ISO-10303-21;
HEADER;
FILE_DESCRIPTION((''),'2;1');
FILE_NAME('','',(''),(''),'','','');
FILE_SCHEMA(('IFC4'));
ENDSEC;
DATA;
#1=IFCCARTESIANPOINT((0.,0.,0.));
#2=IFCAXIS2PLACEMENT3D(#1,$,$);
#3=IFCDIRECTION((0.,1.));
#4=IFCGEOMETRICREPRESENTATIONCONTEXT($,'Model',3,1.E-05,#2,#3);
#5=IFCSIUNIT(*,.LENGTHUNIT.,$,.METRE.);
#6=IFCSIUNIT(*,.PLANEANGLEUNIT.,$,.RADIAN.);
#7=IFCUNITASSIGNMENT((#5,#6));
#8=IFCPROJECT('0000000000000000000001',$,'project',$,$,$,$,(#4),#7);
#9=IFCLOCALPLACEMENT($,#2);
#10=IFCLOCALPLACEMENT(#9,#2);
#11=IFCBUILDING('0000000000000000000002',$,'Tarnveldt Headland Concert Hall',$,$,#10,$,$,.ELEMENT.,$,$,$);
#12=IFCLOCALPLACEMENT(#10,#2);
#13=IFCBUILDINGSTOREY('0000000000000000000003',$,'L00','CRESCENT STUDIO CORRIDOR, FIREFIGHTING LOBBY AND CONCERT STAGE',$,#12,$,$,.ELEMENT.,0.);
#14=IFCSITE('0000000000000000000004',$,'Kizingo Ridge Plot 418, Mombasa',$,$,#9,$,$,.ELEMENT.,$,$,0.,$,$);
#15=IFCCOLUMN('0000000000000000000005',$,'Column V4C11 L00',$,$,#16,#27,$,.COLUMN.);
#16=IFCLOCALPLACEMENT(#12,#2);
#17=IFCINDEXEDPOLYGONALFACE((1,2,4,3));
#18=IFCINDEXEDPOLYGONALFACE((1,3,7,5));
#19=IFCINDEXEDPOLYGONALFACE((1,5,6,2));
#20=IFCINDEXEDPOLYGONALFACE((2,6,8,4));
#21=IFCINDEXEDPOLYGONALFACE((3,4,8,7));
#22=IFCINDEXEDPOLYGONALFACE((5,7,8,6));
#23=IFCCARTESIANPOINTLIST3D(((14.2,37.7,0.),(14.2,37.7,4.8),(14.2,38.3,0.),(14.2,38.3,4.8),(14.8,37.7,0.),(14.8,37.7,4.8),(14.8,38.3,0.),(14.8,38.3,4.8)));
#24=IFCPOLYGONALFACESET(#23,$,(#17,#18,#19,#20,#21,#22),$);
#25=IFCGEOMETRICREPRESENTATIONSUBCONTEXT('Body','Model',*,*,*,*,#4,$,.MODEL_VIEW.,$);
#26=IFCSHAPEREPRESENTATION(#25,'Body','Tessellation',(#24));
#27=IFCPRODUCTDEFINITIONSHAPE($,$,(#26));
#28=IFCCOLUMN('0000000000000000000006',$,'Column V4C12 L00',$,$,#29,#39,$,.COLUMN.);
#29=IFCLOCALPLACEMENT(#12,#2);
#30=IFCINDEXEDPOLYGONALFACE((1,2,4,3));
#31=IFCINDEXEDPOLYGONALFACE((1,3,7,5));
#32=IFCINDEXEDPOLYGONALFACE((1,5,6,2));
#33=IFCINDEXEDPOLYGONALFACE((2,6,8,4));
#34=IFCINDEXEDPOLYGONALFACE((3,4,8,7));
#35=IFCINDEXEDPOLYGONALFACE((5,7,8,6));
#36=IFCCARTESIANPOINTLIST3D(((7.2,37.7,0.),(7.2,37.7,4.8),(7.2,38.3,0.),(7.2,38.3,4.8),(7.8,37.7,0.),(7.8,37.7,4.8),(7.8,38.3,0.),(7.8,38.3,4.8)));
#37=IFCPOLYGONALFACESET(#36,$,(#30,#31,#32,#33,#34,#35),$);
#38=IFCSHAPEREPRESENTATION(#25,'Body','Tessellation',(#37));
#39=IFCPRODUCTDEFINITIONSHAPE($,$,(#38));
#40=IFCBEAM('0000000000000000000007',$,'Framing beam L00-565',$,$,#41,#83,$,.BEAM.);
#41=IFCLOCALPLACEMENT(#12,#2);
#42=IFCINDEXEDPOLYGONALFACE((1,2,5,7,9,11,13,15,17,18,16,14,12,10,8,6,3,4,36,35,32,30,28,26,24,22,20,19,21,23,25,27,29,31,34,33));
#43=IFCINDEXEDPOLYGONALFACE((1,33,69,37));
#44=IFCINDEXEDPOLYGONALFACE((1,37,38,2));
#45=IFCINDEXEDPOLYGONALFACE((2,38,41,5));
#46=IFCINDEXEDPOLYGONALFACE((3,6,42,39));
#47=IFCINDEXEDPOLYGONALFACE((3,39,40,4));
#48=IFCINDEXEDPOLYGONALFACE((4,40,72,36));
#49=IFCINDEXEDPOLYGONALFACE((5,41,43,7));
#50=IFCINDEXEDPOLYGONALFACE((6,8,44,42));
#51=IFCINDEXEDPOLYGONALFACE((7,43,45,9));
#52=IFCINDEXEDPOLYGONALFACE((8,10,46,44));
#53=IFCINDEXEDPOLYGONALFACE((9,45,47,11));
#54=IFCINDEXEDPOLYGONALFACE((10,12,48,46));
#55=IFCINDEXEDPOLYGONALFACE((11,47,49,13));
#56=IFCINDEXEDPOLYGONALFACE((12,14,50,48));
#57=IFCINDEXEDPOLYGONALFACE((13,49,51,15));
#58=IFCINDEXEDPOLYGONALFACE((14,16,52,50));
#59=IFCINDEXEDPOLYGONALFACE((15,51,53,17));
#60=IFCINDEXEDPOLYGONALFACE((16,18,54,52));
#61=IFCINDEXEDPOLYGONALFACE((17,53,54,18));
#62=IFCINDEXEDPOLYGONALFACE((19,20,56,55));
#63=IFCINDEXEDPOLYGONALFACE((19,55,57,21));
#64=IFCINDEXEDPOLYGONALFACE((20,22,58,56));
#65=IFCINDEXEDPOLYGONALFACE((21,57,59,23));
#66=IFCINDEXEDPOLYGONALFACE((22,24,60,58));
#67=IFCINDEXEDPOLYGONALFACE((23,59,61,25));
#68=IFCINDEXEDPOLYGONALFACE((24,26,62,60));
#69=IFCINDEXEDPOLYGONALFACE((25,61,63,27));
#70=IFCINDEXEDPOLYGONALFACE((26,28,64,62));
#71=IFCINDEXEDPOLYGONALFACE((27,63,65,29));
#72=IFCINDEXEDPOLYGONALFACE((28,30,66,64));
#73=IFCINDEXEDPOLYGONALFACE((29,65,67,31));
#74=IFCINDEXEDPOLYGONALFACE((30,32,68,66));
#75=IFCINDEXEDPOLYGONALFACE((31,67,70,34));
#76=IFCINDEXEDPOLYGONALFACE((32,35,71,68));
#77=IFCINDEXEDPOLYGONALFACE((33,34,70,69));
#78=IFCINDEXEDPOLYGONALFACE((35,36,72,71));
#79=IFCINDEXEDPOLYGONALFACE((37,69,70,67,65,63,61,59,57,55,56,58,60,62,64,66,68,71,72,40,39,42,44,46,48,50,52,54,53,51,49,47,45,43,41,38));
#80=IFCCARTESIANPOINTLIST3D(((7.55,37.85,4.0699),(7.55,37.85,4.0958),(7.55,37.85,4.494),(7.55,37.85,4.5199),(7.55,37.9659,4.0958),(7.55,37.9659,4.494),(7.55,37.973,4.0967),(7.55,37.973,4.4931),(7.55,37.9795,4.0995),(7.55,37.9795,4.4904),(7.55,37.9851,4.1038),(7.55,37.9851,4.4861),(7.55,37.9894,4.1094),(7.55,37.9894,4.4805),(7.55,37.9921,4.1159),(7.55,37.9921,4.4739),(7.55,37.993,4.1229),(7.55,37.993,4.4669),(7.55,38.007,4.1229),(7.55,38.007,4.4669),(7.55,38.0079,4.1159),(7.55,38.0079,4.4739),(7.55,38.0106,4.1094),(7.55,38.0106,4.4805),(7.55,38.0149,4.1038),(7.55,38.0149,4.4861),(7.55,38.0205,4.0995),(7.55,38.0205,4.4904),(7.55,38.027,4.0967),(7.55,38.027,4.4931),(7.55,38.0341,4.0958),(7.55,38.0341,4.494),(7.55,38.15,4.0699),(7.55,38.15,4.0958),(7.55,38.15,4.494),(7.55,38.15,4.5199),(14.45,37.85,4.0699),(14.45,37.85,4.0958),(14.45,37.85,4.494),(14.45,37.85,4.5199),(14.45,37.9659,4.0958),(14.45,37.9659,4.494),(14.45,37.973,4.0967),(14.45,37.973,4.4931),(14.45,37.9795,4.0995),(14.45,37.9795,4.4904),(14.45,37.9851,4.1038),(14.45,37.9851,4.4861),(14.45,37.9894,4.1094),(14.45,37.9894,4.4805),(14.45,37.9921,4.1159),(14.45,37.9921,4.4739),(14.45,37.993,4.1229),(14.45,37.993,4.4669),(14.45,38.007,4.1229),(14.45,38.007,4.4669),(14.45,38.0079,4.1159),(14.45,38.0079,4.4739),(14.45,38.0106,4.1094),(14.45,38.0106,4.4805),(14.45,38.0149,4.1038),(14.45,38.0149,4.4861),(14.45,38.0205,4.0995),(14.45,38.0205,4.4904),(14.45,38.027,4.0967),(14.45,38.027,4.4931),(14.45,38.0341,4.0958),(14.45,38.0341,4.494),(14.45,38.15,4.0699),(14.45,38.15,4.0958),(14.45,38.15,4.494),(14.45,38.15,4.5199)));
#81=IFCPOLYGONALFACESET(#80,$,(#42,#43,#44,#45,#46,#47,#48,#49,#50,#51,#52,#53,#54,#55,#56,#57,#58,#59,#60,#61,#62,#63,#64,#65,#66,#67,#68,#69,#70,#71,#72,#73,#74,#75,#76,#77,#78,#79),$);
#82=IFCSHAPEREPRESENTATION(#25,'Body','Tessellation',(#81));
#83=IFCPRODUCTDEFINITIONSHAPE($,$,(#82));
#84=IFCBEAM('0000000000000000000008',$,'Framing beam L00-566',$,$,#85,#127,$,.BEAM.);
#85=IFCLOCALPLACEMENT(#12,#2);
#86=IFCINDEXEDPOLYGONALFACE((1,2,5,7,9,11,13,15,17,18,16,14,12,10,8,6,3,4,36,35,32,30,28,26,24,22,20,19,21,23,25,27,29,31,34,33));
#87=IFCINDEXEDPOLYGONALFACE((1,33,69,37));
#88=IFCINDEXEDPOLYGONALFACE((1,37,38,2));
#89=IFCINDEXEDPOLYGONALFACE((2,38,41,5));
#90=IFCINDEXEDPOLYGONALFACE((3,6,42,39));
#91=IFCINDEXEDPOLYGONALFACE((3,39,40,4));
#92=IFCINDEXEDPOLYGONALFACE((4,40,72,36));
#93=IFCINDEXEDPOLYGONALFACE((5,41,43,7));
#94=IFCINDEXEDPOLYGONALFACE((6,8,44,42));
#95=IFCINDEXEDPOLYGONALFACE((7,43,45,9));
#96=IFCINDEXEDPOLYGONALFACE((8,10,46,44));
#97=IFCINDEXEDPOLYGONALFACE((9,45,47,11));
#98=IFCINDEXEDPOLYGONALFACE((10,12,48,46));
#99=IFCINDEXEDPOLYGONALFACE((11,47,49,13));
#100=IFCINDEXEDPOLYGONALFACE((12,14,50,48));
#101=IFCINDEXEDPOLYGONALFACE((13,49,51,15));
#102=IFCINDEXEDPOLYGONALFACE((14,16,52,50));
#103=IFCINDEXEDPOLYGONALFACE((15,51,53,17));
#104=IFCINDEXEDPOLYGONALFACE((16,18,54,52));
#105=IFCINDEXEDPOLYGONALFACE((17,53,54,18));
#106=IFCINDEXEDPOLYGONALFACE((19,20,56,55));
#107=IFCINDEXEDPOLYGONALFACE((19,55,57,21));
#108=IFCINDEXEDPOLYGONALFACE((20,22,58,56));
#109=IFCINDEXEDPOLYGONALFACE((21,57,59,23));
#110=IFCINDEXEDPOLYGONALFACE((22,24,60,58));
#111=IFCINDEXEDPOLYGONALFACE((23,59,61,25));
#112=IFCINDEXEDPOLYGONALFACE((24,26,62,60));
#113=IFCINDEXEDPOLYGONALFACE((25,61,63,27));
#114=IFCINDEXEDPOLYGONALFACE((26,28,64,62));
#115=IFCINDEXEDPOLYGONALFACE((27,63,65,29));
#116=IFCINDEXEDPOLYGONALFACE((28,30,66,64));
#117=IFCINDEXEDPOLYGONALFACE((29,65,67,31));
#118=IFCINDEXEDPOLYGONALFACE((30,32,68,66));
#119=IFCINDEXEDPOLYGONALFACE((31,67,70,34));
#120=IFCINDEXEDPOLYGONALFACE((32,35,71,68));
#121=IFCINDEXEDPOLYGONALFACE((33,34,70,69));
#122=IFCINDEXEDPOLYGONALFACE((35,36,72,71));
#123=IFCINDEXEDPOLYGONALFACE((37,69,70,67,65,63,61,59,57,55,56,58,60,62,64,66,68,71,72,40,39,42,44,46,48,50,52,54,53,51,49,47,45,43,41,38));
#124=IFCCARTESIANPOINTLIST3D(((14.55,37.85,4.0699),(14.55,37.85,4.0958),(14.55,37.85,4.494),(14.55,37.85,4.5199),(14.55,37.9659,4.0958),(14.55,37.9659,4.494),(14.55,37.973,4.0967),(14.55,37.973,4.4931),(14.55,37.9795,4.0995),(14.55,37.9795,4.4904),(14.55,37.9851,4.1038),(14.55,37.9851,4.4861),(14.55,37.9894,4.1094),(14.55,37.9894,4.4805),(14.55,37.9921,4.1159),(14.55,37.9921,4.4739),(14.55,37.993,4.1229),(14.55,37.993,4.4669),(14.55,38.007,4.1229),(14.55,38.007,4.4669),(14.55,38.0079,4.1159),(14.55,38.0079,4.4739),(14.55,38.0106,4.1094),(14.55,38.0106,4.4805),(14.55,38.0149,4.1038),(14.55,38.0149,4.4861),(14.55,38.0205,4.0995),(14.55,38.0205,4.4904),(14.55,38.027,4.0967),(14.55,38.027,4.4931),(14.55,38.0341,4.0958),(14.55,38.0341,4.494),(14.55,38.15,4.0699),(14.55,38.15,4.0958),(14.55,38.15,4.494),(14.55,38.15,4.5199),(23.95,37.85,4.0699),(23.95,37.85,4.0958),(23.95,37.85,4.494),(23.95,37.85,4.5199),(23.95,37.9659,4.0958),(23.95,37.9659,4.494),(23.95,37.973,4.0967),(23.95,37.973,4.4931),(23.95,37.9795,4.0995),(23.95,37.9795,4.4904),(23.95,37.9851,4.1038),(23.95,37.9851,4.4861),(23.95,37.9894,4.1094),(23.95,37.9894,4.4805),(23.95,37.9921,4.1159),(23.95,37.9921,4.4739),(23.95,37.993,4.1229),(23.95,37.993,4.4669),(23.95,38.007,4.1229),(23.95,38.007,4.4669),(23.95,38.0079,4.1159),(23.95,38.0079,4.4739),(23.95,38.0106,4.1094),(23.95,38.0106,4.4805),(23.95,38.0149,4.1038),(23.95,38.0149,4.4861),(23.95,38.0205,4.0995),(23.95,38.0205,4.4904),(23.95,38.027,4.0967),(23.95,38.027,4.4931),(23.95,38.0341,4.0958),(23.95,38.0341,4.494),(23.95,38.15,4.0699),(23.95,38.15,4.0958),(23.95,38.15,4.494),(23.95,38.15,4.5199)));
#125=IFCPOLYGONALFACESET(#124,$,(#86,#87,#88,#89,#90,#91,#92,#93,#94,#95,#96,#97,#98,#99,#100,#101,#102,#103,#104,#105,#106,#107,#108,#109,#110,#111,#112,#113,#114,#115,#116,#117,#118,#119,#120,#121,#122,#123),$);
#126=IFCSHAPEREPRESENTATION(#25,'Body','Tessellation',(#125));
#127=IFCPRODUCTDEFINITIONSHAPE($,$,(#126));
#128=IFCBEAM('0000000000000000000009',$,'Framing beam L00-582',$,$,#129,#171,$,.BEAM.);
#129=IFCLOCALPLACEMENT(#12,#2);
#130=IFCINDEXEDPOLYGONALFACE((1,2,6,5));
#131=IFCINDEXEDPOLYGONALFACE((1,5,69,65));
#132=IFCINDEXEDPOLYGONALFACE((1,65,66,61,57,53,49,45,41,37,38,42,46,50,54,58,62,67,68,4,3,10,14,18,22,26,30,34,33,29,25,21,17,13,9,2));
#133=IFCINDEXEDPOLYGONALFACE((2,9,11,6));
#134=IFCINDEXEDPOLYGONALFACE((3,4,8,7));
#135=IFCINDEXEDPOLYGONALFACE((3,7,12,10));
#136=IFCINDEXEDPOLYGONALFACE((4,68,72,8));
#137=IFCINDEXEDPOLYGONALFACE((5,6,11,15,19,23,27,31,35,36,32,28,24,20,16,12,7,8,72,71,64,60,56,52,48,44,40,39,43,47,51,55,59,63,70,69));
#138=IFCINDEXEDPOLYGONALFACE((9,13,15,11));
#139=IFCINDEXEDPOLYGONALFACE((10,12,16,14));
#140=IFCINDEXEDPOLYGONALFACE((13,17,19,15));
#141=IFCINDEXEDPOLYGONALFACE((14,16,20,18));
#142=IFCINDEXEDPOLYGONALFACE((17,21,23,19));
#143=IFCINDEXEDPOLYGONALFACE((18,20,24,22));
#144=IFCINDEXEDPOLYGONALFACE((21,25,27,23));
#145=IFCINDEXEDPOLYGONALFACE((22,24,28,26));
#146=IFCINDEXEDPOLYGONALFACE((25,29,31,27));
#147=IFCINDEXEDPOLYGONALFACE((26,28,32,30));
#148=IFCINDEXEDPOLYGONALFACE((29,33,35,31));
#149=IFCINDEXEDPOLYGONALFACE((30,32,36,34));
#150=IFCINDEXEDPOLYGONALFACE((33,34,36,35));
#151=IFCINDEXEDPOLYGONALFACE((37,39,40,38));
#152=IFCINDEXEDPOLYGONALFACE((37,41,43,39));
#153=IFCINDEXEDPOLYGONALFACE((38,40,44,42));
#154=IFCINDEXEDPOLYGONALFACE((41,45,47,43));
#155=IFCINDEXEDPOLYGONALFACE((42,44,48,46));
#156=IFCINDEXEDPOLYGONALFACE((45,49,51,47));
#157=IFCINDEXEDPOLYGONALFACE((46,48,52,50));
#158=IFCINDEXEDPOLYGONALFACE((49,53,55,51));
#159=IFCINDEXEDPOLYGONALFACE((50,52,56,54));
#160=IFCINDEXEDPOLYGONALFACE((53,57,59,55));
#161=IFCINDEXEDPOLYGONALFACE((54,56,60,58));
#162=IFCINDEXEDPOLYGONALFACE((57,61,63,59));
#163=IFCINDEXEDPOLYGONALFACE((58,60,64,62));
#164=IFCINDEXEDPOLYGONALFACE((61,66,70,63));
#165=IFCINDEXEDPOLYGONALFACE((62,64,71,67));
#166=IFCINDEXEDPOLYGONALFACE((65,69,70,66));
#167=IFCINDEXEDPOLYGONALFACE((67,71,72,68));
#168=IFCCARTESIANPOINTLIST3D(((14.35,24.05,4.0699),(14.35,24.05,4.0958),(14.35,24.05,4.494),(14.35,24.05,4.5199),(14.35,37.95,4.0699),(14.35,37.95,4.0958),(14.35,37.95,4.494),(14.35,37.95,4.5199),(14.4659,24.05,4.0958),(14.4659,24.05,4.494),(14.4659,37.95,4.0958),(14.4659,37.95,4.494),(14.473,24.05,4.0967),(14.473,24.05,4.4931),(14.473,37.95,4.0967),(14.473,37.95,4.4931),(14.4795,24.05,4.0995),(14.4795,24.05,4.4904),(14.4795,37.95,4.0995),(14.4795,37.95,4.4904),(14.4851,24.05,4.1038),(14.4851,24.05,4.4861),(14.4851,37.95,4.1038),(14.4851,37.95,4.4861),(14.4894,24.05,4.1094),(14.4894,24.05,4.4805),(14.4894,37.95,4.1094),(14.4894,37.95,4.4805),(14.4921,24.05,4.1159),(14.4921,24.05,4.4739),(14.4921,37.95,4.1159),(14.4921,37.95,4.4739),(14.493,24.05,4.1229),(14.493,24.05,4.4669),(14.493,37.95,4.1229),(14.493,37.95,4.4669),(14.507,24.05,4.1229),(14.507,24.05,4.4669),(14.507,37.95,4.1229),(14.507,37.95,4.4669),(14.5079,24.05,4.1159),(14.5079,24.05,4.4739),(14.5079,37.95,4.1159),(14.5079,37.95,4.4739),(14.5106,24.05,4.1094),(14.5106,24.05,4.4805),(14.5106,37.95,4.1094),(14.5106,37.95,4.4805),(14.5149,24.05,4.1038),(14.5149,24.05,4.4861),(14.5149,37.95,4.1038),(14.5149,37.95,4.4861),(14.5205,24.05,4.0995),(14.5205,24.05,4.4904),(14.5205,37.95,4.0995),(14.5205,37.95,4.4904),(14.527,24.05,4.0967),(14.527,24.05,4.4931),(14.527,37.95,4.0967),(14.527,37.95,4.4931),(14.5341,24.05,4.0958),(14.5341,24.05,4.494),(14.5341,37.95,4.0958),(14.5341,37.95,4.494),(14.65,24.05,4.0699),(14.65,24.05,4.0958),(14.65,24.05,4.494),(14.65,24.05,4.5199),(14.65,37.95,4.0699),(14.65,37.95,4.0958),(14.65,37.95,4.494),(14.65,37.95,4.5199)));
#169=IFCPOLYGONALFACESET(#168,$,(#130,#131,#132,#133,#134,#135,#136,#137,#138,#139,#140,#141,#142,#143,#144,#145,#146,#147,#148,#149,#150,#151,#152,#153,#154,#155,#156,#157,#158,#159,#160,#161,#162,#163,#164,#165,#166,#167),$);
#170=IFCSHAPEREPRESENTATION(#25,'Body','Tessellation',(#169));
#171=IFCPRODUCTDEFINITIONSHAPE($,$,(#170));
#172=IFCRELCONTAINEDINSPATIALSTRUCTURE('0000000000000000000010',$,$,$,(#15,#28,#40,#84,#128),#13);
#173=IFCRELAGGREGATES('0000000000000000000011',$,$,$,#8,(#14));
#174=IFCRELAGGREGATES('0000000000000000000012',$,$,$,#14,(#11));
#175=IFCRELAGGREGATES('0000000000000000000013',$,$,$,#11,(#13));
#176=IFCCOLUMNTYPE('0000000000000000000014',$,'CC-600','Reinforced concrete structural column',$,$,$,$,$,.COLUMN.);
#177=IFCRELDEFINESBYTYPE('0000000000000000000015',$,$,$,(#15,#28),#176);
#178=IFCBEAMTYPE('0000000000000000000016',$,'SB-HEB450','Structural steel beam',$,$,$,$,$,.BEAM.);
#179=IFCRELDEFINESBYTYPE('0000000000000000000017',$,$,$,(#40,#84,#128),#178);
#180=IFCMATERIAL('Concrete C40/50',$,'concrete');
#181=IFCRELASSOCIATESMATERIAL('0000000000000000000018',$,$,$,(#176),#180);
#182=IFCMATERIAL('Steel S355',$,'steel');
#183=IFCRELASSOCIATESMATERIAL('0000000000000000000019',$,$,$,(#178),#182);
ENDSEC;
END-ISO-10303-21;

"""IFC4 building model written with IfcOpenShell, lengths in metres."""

from ifc_helpers import new_model, si_unit, direction, frame, origin, origin_2d, place, context, subcontext, project, spatial, rectangle, i_section, extrude, material, material_profile, profile_set, type_object, element, save


model = new_model("IFC4")

# Units and contexts
model_context = context("Model", 3, precision=1e-05, world=origin(), true_north=direction((0.0, 1.0)))
body_context = subcontext(model_context, "Body", "Model", "MODEL_VIEW")
ifc_project = project(units=[si_unit("LENGTHUNIT", "METRE"), si_unit("PLANEANGLEUNIT", "RADIAN")], contexts=[model_context])

# Site, building, storey
site_placement = place(None, origin())
site = spatial("IfcSite", under=ifc_project, at=site_placement, Name="Kizingo Ridge Plot 418, Mombasa", CompositionType="ELEMENT", RefElevation=0.0)
building_placement = place(site_placement, origin())
building = spatial("IfcBuilding", under=site, at=building_placement, Name="Tarnveldt Headland Concert Hall", CompositionType="ELEMENT")
storey_placement = place(building_placement, origin())
storey = spatial("IfcBuildingStorey", under=building, at=storey_placement, Name="L00", Description="CRESCENT STUDIO CORRIDOR, FIREFIGHTING LOBBY AND CONCERT STAGE", CompositionType="ELEMENT", Elevation=0.0)

# Columns
ifc_material_1 = material(Name="Concrete C40/50", Category="concrete")
ifc_material_profile_1 = material_profile(ifc_material_1, rectangle(XDim=0.6001, YDim=0.6001, at=origin_2d()), Name="RC 600x600", Category="concrete")
ifc_profile_set_1 = profile_set([ifc_material_profile_1], Name="Concrete C40/50")
column_type = type_object("IfcColumnType", Name="CC-600", Description="Reinforced concrete structural column", PredefinedType="COLUMN", material=ifc_profile_set_1)
for number, where, z_axis, x_axis, name in (
    (1, (14.5, 38.0, 0.0), (0.0, 0.0, 1.0), (1.0, 0.0, 0.0), "Column V4C11 L00"),
    (2, (7.5, 38.0, 0.0), (0.0, 0.0, 1.0), (1.0, 0.0, 0.0), "Column V4C12 L00"),
):
    element("IfcColumn", number, at=place(storey_placement, frame(where, z_axis=z_axis, x_axis=x_axis)), inside=storey, type_object=column_type, Name=name, PredefinedType="COLUMN", context=body_context, shape_type="SweptSolid", body=[
        extrude(rectangle(XDim=0.6001, YDim=0.6001, at=origin_2d()), origin(), (0.0, 0.0, 1.0), 4.8),
    ])

# Beams
ifc_material_2 = material(Name="Steel S355", Category="steel")
ifc_material_profile_2 = material_profile(ifc_material_2, i_section(OverallWidth=0.3, OverallDepth=0.45, WebThickness=0.0139, FlangeThickness=0.0259, FilletRadius=0.0271, at=origin_2d()), Name="HEB450", Category="steel")
ifc_profile_set_2 = profile_set([ifc_material_profile_2], Name="Steel S355")
beam_type_1 = type_object("IfcBeamType", Name="SB-HEB450", Description="Structural steel beam", PredefinedType="BEAM", material=ifc_profile_set_2)
beam_1_placement = place(storey_placement, frame((7.55, 38.0, 4.2949), z_axis=(1.0, 0.0, 0.0), x_axis=(0.0, 1.0, 0.0)))
element("IfcBeam", 3, at=beam_1_placement, inside=storey, type_object=beam_type_1, Name="Framing beam L00-565", PredefinedType="BEAM", context=body_context, shape_type="SweptSolid", body=[
    extrude(i_section(OverallWidth=0.3, OverallDepth=0.45, WebThickness=0.0139, FlangeThickness=0.0259, FilletRadius=0.0271, at=origin_2d()), origin(), (0.0, 0.0, 1.0), 6.8999),
])
beam_2_placement = place(storey_placement, frame((14.55, 38.0, 4.2949), z_axis=(1.0, 0.0, 0.0), x_axis=(0.0, 1.0, 0.0)))
element("IfcBeam", 4, at=beam_2_placement, inside=storey, type_object=beam_type_1, Name="Framing beam L00-566", PredefinedType="BEAM", context=body_context, shape_type="SweptSolid", body=[
    extrude(i_section(OverallWidth=0.3, OverallDepth=0.45, WebThickness=0.0139, FlangeThickness=0.0259, FilletRadius=0.0271, at=origin_2d()), origin(), (0.0, 0.0, 1.0), 9.3999),
])
beam_3_placement = place(storey_placement, frame((14.5, 24.05, 4.2949), z_axis=(0.0, 1.0, 0.0), x_axis=(-1.0, 0.0, 0.0)))
element("IfcBeam", 5, at=beam_3_placement, inside=storey, type_object=beam_type_1, Name="Framing beam L00-582", PredefinedType="BEAM", context=body_context, shape_type="SweptSolid", body=[
    extrude(i_section(OverallWidth=0.3, OverallDepth=0.45, WebThickness=0.0139, FlangeThickness=0.0259, FilletRadius=0.0271, at=origin_2d()), origin(), (0.0, 0.0, 1.0), 13.8999),
])

save(model, "model.ifc")
